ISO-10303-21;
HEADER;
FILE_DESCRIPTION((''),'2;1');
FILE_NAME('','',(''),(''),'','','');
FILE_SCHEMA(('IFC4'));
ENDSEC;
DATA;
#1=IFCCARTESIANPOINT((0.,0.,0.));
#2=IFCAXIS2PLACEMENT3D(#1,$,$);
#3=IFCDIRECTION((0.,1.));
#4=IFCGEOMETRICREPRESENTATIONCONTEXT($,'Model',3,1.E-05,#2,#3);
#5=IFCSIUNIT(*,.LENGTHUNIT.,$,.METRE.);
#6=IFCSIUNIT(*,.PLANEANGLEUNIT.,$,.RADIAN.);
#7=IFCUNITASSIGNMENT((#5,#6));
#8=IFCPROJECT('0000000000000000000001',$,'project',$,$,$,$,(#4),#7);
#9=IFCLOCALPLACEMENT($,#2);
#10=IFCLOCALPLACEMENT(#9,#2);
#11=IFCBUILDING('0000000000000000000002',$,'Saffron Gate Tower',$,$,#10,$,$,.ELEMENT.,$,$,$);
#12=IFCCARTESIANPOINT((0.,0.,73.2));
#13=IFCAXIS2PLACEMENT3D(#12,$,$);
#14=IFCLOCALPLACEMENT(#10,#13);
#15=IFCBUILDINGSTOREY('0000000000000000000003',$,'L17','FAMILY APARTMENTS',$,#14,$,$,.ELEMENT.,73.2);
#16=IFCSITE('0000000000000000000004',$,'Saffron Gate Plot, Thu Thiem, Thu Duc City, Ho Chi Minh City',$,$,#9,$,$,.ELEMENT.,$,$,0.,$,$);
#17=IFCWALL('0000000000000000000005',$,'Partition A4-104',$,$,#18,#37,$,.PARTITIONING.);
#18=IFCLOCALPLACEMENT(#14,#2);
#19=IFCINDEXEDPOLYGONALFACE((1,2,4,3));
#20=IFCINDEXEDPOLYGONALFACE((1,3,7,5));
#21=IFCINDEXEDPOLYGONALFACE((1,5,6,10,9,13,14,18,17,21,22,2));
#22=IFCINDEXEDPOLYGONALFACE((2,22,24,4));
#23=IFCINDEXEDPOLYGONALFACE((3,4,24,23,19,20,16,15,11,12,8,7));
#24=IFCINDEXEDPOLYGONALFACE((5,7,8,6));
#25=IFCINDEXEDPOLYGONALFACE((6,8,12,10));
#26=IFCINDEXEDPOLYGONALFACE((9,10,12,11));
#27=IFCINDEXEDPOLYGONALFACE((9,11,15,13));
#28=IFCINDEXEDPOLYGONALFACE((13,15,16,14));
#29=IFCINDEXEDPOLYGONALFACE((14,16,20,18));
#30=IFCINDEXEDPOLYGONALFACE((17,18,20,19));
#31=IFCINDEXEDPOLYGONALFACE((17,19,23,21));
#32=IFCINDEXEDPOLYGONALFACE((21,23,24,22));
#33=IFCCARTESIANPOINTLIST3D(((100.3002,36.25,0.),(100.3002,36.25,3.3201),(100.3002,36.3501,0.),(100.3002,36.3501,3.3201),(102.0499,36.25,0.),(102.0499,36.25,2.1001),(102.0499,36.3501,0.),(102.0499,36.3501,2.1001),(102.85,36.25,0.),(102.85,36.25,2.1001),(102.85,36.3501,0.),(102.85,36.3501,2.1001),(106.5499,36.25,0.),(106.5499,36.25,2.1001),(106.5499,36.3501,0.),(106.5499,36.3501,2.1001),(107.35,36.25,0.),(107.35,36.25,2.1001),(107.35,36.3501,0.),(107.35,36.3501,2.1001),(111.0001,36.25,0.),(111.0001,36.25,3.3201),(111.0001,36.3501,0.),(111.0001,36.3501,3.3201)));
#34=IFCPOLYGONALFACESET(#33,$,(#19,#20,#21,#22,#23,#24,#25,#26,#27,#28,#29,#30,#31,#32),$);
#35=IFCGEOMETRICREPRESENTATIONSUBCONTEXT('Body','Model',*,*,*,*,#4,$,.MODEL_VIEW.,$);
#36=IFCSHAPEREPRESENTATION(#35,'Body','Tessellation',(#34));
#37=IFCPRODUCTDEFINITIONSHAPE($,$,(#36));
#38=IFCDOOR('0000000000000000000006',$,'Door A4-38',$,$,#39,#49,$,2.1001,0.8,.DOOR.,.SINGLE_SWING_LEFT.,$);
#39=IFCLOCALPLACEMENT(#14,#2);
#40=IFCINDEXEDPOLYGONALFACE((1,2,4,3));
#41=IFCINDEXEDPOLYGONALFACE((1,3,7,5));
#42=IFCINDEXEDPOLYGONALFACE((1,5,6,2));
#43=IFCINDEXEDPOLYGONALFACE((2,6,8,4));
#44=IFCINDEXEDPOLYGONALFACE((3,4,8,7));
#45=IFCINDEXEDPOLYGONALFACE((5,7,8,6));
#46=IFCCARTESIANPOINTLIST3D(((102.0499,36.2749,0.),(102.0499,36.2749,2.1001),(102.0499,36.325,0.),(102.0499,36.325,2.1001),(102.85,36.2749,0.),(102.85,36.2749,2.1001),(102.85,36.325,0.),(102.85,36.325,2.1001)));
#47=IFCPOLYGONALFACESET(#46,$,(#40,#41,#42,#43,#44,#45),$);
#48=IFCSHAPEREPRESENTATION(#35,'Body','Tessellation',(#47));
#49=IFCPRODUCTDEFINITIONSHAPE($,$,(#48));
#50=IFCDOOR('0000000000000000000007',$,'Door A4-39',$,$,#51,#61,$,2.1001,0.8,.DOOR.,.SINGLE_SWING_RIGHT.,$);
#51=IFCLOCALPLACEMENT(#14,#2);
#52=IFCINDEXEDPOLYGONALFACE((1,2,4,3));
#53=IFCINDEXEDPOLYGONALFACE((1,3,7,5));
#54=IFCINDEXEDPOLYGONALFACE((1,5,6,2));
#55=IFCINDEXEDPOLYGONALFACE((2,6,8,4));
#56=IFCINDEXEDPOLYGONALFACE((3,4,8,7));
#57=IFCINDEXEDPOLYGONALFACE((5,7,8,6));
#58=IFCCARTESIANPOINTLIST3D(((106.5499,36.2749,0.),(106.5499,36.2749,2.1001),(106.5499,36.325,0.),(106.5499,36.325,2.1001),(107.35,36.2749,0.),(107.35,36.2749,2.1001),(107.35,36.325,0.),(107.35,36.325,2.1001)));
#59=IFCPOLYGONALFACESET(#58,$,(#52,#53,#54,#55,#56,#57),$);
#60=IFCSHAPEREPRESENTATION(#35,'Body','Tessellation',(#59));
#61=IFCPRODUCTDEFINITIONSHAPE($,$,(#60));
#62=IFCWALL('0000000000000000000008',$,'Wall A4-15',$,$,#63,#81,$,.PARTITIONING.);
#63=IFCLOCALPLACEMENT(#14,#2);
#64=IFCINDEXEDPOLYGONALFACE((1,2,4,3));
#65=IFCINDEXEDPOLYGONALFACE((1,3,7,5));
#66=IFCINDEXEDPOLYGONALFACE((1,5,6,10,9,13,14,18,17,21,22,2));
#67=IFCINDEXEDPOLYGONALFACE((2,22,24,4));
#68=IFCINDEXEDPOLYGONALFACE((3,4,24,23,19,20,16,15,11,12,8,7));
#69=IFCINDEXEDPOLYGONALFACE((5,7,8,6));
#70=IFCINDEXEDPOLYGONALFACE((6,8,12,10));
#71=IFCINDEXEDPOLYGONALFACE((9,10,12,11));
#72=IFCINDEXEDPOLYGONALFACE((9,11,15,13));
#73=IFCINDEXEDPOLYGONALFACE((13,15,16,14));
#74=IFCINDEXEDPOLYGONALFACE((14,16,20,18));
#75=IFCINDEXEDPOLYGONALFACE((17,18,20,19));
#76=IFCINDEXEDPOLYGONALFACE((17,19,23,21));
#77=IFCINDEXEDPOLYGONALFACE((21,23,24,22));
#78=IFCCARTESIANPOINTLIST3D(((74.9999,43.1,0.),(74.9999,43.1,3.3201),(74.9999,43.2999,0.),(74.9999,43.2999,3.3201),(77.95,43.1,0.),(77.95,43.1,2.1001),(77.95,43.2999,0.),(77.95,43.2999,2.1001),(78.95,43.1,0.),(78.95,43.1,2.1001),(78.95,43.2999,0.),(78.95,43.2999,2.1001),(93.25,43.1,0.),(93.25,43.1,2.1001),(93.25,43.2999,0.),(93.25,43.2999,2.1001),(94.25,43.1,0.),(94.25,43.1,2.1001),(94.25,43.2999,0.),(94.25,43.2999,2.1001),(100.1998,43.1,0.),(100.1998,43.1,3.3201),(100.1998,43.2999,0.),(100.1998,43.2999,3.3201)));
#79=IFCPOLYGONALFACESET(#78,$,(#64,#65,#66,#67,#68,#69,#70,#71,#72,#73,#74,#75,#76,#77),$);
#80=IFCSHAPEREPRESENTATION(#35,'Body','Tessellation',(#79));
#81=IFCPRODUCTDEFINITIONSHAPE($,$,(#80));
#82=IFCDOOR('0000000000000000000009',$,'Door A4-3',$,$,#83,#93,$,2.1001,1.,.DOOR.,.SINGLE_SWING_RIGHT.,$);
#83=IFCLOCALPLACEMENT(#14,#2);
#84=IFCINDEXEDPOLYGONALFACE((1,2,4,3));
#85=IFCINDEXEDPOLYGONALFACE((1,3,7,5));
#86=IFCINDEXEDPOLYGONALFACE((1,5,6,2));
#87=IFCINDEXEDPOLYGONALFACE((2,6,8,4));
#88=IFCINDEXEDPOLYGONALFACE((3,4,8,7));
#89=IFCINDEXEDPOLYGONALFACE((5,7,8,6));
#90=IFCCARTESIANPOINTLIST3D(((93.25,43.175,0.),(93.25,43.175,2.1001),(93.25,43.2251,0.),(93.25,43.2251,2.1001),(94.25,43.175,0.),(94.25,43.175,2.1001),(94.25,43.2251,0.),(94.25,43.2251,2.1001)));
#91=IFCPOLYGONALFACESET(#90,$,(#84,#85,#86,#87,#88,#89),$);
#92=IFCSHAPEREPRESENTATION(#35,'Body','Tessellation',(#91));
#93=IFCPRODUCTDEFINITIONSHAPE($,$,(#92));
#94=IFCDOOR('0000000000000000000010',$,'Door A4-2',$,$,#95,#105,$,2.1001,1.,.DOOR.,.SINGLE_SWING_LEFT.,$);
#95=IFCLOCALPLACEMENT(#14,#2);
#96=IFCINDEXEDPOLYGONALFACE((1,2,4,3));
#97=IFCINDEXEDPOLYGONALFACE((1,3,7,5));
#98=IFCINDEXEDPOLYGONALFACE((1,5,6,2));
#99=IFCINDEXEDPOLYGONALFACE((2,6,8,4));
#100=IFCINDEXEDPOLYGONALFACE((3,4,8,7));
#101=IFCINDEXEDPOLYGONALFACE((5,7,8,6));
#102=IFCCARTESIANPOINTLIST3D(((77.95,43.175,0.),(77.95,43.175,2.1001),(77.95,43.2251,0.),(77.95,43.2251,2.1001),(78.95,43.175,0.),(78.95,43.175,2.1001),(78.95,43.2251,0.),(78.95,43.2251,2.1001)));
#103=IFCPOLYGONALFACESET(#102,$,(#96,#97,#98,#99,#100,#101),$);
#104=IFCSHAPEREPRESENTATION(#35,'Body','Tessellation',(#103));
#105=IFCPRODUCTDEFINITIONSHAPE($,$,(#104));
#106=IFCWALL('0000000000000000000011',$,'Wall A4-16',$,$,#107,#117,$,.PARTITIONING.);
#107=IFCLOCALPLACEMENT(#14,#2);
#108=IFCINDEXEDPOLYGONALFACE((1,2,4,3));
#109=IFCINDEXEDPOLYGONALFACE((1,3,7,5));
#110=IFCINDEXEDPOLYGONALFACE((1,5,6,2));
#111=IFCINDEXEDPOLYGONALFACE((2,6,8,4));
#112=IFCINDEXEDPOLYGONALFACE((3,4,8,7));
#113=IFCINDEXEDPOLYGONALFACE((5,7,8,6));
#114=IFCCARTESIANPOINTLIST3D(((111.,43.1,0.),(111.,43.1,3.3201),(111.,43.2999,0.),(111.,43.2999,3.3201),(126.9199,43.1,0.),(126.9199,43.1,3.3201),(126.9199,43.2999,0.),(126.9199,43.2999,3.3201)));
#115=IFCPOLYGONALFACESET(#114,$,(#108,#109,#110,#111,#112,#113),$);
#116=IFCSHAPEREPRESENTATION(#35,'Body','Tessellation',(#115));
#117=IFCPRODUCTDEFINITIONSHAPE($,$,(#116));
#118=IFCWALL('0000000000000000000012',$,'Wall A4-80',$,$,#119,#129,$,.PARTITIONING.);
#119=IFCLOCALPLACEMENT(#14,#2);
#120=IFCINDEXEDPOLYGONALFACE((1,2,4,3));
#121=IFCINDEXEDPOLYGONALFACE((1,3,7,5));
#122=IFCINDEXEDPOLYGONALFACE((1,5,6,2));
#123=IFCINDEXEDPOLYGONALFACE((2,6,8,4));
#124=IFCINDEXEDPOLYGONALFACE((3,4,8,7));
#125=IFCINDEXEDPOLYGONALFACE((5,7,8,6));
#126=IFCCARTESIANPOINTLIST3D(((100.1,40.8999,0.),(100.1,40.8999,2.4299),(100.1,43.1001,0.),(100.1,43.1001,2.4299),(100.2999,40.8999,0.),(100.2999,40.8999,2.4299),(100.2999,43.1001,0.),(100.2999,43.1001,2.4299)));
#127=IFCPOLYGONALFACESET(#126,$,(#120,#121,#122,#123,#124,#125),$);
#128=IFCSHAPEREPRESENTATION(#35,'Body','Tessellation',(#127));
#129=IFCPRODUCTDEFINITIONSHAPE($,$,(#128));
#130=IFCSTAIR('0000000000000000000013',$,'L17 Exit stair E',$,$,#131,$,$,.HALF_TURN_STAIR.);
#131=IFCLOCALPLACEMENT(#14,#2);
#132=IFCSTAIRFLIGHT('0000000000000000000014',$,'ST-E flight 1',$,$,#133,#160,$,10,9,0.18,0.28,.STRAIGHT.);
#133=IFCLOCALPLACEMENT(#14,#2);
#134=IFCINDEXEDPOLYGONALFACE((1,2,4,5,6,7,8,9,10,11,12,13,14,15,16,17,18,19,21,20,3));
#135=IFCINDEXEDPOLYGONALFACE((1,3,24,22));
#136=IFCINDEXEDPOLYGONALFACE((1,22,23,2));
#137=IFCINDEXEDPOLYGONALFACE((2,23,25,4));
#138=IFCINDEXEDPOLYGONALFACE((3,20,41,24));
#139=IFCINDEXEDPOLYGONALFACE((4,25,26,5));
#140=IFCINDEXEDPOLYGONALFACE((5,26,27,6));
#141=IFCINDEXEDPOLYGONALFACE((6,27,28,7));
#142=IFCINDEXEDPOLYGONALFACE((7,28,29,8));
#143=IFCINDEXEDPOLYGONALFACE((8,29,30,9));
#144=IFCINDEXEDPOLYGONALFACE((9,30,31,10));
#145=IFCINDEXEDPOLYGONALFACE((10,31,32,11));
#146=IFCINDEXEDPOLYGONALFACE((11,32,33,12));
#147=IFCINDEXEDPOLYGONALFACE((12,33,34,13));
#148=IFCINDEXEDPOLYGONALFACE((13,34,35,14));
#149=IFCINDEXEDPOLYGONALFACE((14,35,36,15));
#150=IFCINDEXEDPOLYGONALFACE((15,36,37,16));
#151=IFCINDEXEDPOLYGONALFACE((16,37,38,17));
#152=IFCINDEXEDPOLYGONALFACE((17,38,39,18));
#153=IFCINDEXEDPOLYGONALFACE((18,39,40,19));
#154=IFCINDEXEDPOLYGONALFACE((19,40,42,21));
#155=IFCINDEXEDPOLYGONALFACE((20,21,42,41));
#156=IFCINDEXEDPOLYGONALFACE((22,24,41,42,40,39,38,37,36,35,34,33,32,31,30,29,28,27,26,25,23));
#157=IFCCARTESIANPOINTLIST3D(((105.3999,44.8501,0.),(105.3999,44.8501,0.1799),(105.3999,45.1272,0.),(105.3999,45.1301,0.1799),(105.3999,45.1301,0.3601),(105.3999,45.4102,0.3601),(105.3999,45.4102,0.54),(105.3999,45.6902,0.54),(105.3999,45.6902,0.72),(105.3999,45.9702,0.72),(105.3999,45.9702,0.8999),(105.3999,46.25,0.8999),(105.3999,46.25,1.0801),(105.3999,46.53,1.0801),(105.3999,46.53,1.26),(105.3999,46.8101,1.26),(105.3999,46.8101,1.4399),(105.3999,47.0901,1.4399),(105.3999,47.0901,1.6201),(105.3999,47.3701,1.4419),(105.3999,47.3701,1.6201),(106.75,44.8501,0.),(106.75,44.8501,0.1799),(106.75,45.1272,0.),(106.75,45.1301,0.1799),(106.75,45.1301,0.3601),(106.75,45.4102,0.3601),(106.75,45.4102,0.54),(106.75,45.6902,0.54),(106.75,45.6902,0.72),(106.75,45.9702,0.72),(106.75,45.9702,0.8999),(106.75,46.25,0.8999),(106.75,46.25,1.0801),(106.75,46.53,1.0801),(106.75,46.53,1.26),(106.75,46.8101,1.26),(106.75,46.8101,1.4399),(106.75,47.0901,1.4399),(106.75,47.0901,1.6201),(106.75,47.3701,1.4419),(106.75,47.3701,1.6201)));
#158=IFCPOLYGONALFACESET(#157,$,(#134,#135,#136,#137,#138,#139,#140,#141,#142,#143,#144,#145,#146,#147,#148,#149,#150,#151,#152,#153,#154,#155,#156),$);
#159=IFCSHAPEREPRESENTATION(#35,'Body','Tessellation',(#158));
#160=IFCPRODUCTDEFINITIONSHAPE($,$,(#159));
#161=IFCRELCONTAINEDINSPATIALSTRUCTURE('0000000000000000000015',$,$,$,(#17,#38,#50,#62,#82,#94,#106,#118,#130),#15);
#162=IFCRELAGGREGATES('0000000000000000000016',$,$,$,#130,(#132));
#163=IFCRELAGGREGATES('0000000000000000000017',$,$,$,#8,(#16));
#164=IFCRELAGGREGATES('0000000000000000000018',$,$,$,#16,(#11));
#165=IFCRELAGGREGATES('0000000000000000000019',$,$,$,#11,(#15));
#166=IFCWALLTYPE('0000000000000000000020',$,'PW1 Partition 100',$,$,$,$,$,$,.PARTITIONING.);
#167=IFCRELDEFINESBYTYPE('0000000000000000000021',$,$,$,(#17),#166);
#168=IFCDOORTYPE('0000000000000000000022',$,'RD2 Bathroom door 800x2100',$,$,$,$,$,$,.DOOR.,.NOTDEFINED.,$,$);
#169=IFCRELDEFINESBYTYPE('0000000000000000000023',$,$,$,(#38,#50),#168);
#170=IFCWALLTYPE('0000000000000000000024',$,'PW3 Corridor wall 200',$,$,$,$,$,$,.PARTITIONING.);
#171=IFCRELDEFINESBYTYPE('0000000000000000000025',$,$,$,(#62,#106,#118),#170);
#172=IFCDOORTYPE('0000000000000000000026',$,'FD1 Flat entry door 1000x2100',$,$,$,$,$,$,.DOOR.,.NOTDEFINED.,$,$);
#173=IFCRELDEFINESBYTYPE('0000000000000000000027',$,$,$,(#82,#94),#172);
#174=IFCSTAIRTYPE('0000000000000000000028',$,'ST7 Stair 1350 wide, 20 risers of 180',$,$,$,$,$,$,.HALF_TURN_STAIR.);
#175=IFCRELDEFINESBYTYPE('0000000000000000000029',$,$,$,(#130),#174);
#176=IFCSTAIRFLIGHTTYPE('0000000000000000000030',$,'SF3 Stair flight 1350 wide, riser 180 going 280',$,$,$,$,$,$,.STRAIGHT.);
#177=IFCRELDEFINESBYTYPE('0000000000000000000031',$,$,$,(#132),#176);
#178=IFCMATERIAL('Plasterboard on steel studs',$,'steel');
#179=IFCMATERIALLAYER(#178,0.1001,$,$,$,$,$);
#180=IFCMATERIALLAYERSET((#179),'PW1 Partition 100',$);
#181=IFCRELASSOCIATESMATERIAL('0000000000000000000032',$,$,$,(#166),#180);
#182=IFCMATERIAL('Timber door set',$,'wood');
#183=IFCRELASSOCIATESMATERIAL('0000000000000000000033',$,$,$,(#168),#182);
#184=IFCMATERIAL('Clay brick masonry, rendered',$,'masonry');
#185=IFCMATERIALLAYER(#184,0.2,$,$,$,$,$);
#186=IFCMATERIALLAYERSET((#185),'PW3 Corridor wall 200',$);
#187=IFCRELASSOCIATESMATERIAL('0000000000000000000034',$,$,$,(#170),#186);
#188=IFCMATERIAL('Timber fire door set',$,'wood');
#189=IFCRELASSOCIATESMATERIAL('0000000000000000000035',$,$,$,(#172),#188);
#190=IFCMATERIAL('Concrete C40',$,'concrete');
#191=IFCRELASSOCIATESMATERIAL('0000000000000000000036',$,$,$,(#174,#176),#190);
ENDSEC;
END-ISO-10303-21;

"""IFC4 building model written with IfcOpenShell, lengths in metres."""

from ifc_helpers import new_model, si_unit, direction, frame, frame_2d, origin, place, context, subcontext, project, spatial, polyline, rectangle, outline, extrude, material, layer, layer_set, type_object, element, fill, aggregate, save


model = new_model("IFC4")

# Units and contexts
model_context = context("Model", 3, precision=1e-05, world=origin(), true_north=direction((0.0, 1.0)))
body_context = subcontext(model_context, "Body", "Model", "MODEL_VIEW")
ifc_project = project(units=[si_unit("LENGTHUNIT", "METRE"), si_unit("PLANEANGLEUNIT", "RADIAN")], contexts=[model_context])

# Site, building, storey
site_placement = place(None, origin())
site = spatial("IfcSite", under=ifc_project, at=site_placement, Name="Saffron Gate Plot, Thu Thiem, Thu Duc City, Ho Chi Minh City", CompositionType="ELEMENT", RefElevation=0.0)
building_placement = place(site_placement, origin())
building = spatial("IfcBuilding", under=site, at=building_placement, Name="Saffron Gate Tower", CompositionType="ELEMENT")
storey_placement = place(building_placement, frame((0.0, 0.0, 73.2)))
storey = spatial("IfcBuildingStorey", under=building, at=storey_placement, Name="L17", Description="FAMILY APARTMENTS", CompositionType="ELEMENT", Elevation=73.2)

# Shared definitions
ifc_material_1 = material(Name="Plasterboard on steel studs", Category="steel")
ifc_layer_1 = layer(ifc_material_1, 0.1001)
ifc_layer_set_1 = layer_set([ifc_layer_1], Name="PW1 Partition 100")
wall_type_1 = type_object("IfcWallType", Name="PW1 Partition 100", PredefinedType="PARTITIONING", material=ifc_layer_set_1)

# Shared definitions
ifc_material_2 = material(Name="Timber door set", Category="wood")

# Walls, openings, doors
wall_1_placement = place(storey_placement, frame((100.3, 36.3, 0.0), z_axis=(0.0, 0.0, 1.0), x_axis=(1.0, 0.0, 0.0)))
wall_1 = element("IfcWall", 1, at=wall_1_placement, inside=storey, type_object=wall_type_1, Name="Partition A4-104", PredefinedType="PARTITIONING", context=body_context, shape_type="SweptSolid", body=[
    extrude(rectangle(XDim=10.7, YDim=0.1001, at=frame_2d((5.3501, 0.0))), origin(), (0.0, 0.0, 1.0), 3.3201),
])
opening_1_placement = place(wall_1_placement, frame((1.75, 0.0, 0.0)))
opening_1 = element("IfcOpeningElement", 2, at=opening_1_placement, cuts=wall_1, PredefinedType="OPENING", context=body_context, shape_type="SweptSolid", body=[
    extrude(rectangle(XDim=0.8, YDim=2.1001, at=frame_2d((0.3999, 1.05))), frame((0.0, 0.0601, 0.0), z_axis=(0.0, -1.0, 0.0), x_axis=(1.0, 0.0, 0.0)), (0.0, 0.0, 1.0), 0.1201),
])
opening_2_placement = place(wall_1_placement, frame((6.25, 0.0, 0.0)))
opening_2 = element("IfcOpeningElement", 3, at=opening_2_placement, cuts=wall_1, PredefinedType="OPENING", context=body_context, shape_type="SweptSolid", body=[
    extrude(rectangle(XDim=0.8, YDim=2.1001, at=frame_2d((0.3999, 1.05))), frame((0.0, 0.0601, 0.0), z_axis=(0.0, -1.0, 0.0), x_axis=(1.0, 0.0, 0.0)), (0.0, 0.0, 1.0), 0.1201),
])
door_type_1 = type_object("IfcDoorType", Name="RD2 Bathroom door 800x2100", OperationType="NOTDEFINED", PredefinedType="DOOR", material=ifc_material_2)
door_1_placement = place(opening_1_placement, origin())
door_1 = element("IfcDoor", 4, at=door_1_placement, inside=storey, type_object=door_type_1, Name="Door A4-38", OperationType="SINGLE_SWING_LEFT", OverallHeight=2.1001, OverallWidth=0.8, PredefinedType="DOOR", context=body_context, shape_type="SweptSolid", body=[
    extrude(rectangle(XDim=0.8, YDim=2.1001, at=frame_2d((0.3999, 1.05))), frame((0.0, 0.0249, 0.0), z_axis=(0.0, -1.0, 0.0), x_axis=(1.0, 0.0, 0.0)), (0.0, 0.0, 1.0), 0.05),
])
fill(opening_1, door_1)
door_2_placement = place(opening_2_placement, origin())
door_2 = element("IfcDoor", 5, at=door_2_placement, inside=storey, type_object=door_type_1, Name="Door A4-39", OperationType="SINGLE_SWING_RIGHT", OverallHeight=2.1001, OverallWidth=0.8, PredefinedType="DOOR", context=body_context, shape_type="SweptSolid", body=[
    extrude(rectangle(XDim=0.8, YDim=2.1001, at=frame_2d((0.3999, 1.05))), frame((0.0, 0.0249, 0.0), z_axis=(0.0, -1.0, 0.0), x_axis=(1.0, 0.0, 0.0)), (0.0, 0.0, 1.0), 0.05),
])
fill(opening_2, door_2)
ifc_material_3 = material(Name="Clay brick masonry, rendered", Category="masonry")
ifc_layer_2 = layer(ifc_material_3, 0.2)
ifc_layer_set_2 = layer_set([ifc_layer_2], Name="PW3 Corridor wall 200")
wall_type_2 = type_object("IfcWallType", Name="PW3 Corridor wall 200", PredefinedType="PARTITIONING", material=ifc_layer_set_2)
wall_2_placement = place(storey_placement, frame((100.2, 43.2, 0.0), z_axis=(0.0, 0.0, 1.0), x_axis=(-1.0, 0.0, 0.0)))
wall_2 = element("IfcWall", 6, at=wall_2_placement, inside=storey, type_object=wall_type_2, Name="Wall A4-15", PredefinedType="PARTITIONING", context=body_context, shape_type="SweptSolid", body=[
    extrude(rectangle(XDim=25.2, YDim=0.2, at=frame_2d((12.6001, 0.0))), origin(), (0.0, 0.0, 1.0), 3.3201),
])
opening_3_placement = place(wall_2_placement, frame((5.95, 0.0, 0.0)))
opening_3 = element("IfcOpeningElement", 7, at=opening_3_placement, cuts=wall_2, PredefinedType="OPENING", context=body_context, shape_type="SweptSolid", body=[
    extrude(rectangle(XDim=1.0, YDim=2.1001, at=frame_2d((0.5, 1.05))), frame((0.0, 0.1099, 0.0), z_axis=(0.0, -1.0, 0.0), x_axis=(1.0, 0.0, 0.0)), (0.0, 0.0, 1.0), 0.22),
])
opening_4_placement = place(wall_2_placement, frame((21.25, 0.0, 0.0)))
opening_4 = element("IfcOpeningElement", 8, at=opening_4_placement, cuts=wall_2, PredefinedType="OPENING", context=body_context, shape_type="SweptSolid", body=[
    extrude(rectangle(XDim=1.0, YDim=2.1001, at=frame_2d((0.5, 1.05))), frame((0.0, 0.1099, 0.0), z_axis=(0.0, -1.0, 0.0), x_axis=(1.0, 0.0, 0.0)), (0.0, 0.0, 1.0), 0.22),
])
ifc_material_4 = material(Name="Timber fire door set", Category="wood")
door_type_2 = type_object("IfcDoorType", Name="FD1 Flat entry door 1000x2100", OperationType="NOTDEFINED", PredefinedType="DOOR", material=ifc_material_4)
door_3_placement = place(opening_3_placement, origin())
door_3 = element("IfcDoor", 9, at=door_3_placement, inside=storey, type_object=door_type_2, Name="Door A4-3", OperationType="SINGLE_SWING_RIGHT", OverallHeight=2.1001, OverallWidth=1.0, PredefinedType="DOOR", context=body_context, shape_type="SweptSolid", body=[
    extrude(rectangle(XDim=1.0, YDim=2.1001, at=frame_2d((0.5, 1.05))), frame((0.0, 0.0249, 0.0), z_axis=(0.0, -1.0, 0.0), x_axis=(1.0, 0.0, 0.0)), (0.0, 0.0, 1.0), 0.05),
])
fill(opening_3, door_3)
door_4_placement = place(opening_4_placement, origin())
door_4 = element("IfcDoor", 10, at=door_4_placement, inside=storey, type_object=door_type_2, Name="Door A4-2", OperationType="SINGLE_SWING_LEFT", OverallHeight=2.1001, OverallWidth=1.0, PredefinedType="DOOR", context=body_context, shape_type="SweptSolid", body=[
    extrude(rectangle(XDim=1.0, YDim=2.1001, at=frame_2d((0.5, 1.05))), frame((0.0, 0.0249, 0.0), z_axis=(0.0, -1.0, 0.0), x_axis=(1.0, 0.0, 0.0)), (0.0, 0.0, 1.0), 0.05),
])
fill(opening_4, door_4)

# Walls
wall_3_placement = place(storey_placement, frame((111.0, 43.2, 0.0), z_axis=(0.0, 0.0, 1.0), x_axis=(1.0, 0.0, 0.0)))
element("IfcWall", 11, at=wall_3_placement, inside=storey, type_object=wall_type_2, Name="Wall A4-16", PredefinedType="PARTITIONING", context=body_context, shape_type="SweptSolid", body=[
    extrude(rectangle(XDim=15.9199, YDim=0.2, at=frame_2d((7.96, 0.0))), origin(), (0.0, 0.0, 1.0), 3.3201),
])
wall_4_placement = place(storey_placement, frame((100.2, 43.1001, 0.0), z_axis=(0.0, 0.0, 1.0), x_axis=(0.0, -1.0, 0.0)))
element("IfcWall", 12, at=wall_4_placement, inside=storey, type_object=wall_type_2, Name="Wall A4-80", PredefinedType="PARTITIONING", context=body_context, shape_type="SweptSolid", body=[
    extrude(rectangle(XDim=2.2002, YDim=0.2, at=frame_2d((1.1001, 0.0))), origin(), (0.0, 0.0, 1.0), 2.4299),
])

# Stair, stair flight
ifc_material_5 = material(Name="Concrete C40", Category="concrete")
stair_type = type_object("IfcStairType", Name="ST7 Stair 1350 wide, 20 risers of 180", PredefinedType="HALF_TURN_STAIR", material=ifc_material_5)
stair_placement = place(storey_placement, origin())
stair = element("IfcStair", 13, at=stair_placement, inside=storey, type_object=stair_type, Name="L17 Exit stair E", PredefinedType="HALF_TURN_STAIR")
stair_flight_type = type_object("IfcStairFlightType", Name="SF3 Stair flight 1350 wide, riser 180 going 280", PredefinedType="STRAIGHT", material=ifc_material_5)
stair_flight_1_placement = place(storey_placement, frame((106.075, 44.8501, 0.0), z_axis=(0.0, 0.0, 1.0), x_axis=(0.0, 1.0, 0.0)))
stair_flight_1 = element("IfcStairFlight", 14, at=stair_flight_1_placement, type_object=stair_flight_type, Name="ST-E flight 1", NumberOfRisers=10, NumberOfTreads=9, PredefinedType="STRAIGHT", RiserHeight=0.18, TreadLength=0.28, context=body_context, shape_type="SweptSolid", body=[
    extrude(outline(polyline([(0.0, 0.0), (0.0, 0.1799), (0.28, 0.1799), (0.28, 0.3601), (0.5601, 0.3601), (0.5601, 0.54), (0.8401, 0.54), (0.8401, 0.72), (1.1201, 0.72), (1.1201, 0.8999), (1.3999, 0.8999), (1.3999, 1.0801), (1.6799, 1.0801), (1.6799, 1.26), (1.96, 1.26), (1.96, 1.4399), (2.24, 1.4399), (2.24, 1.6201), (2.52, 1.6201), (2.52, 1.8), (2.52, 1.4419), (0.2771, 0.0), (0.0, 0.0)])), frame((0.0, 0.675, 0.0), z_axis=(0.0, -1.0, 0.0), x_axis=(1.0, 0.0, 0.0)), (0.0, 0.0, 1.0), 1.3501),
])
aggregate(stair, [stair_flight_1])

save(model, "model.ifc")
